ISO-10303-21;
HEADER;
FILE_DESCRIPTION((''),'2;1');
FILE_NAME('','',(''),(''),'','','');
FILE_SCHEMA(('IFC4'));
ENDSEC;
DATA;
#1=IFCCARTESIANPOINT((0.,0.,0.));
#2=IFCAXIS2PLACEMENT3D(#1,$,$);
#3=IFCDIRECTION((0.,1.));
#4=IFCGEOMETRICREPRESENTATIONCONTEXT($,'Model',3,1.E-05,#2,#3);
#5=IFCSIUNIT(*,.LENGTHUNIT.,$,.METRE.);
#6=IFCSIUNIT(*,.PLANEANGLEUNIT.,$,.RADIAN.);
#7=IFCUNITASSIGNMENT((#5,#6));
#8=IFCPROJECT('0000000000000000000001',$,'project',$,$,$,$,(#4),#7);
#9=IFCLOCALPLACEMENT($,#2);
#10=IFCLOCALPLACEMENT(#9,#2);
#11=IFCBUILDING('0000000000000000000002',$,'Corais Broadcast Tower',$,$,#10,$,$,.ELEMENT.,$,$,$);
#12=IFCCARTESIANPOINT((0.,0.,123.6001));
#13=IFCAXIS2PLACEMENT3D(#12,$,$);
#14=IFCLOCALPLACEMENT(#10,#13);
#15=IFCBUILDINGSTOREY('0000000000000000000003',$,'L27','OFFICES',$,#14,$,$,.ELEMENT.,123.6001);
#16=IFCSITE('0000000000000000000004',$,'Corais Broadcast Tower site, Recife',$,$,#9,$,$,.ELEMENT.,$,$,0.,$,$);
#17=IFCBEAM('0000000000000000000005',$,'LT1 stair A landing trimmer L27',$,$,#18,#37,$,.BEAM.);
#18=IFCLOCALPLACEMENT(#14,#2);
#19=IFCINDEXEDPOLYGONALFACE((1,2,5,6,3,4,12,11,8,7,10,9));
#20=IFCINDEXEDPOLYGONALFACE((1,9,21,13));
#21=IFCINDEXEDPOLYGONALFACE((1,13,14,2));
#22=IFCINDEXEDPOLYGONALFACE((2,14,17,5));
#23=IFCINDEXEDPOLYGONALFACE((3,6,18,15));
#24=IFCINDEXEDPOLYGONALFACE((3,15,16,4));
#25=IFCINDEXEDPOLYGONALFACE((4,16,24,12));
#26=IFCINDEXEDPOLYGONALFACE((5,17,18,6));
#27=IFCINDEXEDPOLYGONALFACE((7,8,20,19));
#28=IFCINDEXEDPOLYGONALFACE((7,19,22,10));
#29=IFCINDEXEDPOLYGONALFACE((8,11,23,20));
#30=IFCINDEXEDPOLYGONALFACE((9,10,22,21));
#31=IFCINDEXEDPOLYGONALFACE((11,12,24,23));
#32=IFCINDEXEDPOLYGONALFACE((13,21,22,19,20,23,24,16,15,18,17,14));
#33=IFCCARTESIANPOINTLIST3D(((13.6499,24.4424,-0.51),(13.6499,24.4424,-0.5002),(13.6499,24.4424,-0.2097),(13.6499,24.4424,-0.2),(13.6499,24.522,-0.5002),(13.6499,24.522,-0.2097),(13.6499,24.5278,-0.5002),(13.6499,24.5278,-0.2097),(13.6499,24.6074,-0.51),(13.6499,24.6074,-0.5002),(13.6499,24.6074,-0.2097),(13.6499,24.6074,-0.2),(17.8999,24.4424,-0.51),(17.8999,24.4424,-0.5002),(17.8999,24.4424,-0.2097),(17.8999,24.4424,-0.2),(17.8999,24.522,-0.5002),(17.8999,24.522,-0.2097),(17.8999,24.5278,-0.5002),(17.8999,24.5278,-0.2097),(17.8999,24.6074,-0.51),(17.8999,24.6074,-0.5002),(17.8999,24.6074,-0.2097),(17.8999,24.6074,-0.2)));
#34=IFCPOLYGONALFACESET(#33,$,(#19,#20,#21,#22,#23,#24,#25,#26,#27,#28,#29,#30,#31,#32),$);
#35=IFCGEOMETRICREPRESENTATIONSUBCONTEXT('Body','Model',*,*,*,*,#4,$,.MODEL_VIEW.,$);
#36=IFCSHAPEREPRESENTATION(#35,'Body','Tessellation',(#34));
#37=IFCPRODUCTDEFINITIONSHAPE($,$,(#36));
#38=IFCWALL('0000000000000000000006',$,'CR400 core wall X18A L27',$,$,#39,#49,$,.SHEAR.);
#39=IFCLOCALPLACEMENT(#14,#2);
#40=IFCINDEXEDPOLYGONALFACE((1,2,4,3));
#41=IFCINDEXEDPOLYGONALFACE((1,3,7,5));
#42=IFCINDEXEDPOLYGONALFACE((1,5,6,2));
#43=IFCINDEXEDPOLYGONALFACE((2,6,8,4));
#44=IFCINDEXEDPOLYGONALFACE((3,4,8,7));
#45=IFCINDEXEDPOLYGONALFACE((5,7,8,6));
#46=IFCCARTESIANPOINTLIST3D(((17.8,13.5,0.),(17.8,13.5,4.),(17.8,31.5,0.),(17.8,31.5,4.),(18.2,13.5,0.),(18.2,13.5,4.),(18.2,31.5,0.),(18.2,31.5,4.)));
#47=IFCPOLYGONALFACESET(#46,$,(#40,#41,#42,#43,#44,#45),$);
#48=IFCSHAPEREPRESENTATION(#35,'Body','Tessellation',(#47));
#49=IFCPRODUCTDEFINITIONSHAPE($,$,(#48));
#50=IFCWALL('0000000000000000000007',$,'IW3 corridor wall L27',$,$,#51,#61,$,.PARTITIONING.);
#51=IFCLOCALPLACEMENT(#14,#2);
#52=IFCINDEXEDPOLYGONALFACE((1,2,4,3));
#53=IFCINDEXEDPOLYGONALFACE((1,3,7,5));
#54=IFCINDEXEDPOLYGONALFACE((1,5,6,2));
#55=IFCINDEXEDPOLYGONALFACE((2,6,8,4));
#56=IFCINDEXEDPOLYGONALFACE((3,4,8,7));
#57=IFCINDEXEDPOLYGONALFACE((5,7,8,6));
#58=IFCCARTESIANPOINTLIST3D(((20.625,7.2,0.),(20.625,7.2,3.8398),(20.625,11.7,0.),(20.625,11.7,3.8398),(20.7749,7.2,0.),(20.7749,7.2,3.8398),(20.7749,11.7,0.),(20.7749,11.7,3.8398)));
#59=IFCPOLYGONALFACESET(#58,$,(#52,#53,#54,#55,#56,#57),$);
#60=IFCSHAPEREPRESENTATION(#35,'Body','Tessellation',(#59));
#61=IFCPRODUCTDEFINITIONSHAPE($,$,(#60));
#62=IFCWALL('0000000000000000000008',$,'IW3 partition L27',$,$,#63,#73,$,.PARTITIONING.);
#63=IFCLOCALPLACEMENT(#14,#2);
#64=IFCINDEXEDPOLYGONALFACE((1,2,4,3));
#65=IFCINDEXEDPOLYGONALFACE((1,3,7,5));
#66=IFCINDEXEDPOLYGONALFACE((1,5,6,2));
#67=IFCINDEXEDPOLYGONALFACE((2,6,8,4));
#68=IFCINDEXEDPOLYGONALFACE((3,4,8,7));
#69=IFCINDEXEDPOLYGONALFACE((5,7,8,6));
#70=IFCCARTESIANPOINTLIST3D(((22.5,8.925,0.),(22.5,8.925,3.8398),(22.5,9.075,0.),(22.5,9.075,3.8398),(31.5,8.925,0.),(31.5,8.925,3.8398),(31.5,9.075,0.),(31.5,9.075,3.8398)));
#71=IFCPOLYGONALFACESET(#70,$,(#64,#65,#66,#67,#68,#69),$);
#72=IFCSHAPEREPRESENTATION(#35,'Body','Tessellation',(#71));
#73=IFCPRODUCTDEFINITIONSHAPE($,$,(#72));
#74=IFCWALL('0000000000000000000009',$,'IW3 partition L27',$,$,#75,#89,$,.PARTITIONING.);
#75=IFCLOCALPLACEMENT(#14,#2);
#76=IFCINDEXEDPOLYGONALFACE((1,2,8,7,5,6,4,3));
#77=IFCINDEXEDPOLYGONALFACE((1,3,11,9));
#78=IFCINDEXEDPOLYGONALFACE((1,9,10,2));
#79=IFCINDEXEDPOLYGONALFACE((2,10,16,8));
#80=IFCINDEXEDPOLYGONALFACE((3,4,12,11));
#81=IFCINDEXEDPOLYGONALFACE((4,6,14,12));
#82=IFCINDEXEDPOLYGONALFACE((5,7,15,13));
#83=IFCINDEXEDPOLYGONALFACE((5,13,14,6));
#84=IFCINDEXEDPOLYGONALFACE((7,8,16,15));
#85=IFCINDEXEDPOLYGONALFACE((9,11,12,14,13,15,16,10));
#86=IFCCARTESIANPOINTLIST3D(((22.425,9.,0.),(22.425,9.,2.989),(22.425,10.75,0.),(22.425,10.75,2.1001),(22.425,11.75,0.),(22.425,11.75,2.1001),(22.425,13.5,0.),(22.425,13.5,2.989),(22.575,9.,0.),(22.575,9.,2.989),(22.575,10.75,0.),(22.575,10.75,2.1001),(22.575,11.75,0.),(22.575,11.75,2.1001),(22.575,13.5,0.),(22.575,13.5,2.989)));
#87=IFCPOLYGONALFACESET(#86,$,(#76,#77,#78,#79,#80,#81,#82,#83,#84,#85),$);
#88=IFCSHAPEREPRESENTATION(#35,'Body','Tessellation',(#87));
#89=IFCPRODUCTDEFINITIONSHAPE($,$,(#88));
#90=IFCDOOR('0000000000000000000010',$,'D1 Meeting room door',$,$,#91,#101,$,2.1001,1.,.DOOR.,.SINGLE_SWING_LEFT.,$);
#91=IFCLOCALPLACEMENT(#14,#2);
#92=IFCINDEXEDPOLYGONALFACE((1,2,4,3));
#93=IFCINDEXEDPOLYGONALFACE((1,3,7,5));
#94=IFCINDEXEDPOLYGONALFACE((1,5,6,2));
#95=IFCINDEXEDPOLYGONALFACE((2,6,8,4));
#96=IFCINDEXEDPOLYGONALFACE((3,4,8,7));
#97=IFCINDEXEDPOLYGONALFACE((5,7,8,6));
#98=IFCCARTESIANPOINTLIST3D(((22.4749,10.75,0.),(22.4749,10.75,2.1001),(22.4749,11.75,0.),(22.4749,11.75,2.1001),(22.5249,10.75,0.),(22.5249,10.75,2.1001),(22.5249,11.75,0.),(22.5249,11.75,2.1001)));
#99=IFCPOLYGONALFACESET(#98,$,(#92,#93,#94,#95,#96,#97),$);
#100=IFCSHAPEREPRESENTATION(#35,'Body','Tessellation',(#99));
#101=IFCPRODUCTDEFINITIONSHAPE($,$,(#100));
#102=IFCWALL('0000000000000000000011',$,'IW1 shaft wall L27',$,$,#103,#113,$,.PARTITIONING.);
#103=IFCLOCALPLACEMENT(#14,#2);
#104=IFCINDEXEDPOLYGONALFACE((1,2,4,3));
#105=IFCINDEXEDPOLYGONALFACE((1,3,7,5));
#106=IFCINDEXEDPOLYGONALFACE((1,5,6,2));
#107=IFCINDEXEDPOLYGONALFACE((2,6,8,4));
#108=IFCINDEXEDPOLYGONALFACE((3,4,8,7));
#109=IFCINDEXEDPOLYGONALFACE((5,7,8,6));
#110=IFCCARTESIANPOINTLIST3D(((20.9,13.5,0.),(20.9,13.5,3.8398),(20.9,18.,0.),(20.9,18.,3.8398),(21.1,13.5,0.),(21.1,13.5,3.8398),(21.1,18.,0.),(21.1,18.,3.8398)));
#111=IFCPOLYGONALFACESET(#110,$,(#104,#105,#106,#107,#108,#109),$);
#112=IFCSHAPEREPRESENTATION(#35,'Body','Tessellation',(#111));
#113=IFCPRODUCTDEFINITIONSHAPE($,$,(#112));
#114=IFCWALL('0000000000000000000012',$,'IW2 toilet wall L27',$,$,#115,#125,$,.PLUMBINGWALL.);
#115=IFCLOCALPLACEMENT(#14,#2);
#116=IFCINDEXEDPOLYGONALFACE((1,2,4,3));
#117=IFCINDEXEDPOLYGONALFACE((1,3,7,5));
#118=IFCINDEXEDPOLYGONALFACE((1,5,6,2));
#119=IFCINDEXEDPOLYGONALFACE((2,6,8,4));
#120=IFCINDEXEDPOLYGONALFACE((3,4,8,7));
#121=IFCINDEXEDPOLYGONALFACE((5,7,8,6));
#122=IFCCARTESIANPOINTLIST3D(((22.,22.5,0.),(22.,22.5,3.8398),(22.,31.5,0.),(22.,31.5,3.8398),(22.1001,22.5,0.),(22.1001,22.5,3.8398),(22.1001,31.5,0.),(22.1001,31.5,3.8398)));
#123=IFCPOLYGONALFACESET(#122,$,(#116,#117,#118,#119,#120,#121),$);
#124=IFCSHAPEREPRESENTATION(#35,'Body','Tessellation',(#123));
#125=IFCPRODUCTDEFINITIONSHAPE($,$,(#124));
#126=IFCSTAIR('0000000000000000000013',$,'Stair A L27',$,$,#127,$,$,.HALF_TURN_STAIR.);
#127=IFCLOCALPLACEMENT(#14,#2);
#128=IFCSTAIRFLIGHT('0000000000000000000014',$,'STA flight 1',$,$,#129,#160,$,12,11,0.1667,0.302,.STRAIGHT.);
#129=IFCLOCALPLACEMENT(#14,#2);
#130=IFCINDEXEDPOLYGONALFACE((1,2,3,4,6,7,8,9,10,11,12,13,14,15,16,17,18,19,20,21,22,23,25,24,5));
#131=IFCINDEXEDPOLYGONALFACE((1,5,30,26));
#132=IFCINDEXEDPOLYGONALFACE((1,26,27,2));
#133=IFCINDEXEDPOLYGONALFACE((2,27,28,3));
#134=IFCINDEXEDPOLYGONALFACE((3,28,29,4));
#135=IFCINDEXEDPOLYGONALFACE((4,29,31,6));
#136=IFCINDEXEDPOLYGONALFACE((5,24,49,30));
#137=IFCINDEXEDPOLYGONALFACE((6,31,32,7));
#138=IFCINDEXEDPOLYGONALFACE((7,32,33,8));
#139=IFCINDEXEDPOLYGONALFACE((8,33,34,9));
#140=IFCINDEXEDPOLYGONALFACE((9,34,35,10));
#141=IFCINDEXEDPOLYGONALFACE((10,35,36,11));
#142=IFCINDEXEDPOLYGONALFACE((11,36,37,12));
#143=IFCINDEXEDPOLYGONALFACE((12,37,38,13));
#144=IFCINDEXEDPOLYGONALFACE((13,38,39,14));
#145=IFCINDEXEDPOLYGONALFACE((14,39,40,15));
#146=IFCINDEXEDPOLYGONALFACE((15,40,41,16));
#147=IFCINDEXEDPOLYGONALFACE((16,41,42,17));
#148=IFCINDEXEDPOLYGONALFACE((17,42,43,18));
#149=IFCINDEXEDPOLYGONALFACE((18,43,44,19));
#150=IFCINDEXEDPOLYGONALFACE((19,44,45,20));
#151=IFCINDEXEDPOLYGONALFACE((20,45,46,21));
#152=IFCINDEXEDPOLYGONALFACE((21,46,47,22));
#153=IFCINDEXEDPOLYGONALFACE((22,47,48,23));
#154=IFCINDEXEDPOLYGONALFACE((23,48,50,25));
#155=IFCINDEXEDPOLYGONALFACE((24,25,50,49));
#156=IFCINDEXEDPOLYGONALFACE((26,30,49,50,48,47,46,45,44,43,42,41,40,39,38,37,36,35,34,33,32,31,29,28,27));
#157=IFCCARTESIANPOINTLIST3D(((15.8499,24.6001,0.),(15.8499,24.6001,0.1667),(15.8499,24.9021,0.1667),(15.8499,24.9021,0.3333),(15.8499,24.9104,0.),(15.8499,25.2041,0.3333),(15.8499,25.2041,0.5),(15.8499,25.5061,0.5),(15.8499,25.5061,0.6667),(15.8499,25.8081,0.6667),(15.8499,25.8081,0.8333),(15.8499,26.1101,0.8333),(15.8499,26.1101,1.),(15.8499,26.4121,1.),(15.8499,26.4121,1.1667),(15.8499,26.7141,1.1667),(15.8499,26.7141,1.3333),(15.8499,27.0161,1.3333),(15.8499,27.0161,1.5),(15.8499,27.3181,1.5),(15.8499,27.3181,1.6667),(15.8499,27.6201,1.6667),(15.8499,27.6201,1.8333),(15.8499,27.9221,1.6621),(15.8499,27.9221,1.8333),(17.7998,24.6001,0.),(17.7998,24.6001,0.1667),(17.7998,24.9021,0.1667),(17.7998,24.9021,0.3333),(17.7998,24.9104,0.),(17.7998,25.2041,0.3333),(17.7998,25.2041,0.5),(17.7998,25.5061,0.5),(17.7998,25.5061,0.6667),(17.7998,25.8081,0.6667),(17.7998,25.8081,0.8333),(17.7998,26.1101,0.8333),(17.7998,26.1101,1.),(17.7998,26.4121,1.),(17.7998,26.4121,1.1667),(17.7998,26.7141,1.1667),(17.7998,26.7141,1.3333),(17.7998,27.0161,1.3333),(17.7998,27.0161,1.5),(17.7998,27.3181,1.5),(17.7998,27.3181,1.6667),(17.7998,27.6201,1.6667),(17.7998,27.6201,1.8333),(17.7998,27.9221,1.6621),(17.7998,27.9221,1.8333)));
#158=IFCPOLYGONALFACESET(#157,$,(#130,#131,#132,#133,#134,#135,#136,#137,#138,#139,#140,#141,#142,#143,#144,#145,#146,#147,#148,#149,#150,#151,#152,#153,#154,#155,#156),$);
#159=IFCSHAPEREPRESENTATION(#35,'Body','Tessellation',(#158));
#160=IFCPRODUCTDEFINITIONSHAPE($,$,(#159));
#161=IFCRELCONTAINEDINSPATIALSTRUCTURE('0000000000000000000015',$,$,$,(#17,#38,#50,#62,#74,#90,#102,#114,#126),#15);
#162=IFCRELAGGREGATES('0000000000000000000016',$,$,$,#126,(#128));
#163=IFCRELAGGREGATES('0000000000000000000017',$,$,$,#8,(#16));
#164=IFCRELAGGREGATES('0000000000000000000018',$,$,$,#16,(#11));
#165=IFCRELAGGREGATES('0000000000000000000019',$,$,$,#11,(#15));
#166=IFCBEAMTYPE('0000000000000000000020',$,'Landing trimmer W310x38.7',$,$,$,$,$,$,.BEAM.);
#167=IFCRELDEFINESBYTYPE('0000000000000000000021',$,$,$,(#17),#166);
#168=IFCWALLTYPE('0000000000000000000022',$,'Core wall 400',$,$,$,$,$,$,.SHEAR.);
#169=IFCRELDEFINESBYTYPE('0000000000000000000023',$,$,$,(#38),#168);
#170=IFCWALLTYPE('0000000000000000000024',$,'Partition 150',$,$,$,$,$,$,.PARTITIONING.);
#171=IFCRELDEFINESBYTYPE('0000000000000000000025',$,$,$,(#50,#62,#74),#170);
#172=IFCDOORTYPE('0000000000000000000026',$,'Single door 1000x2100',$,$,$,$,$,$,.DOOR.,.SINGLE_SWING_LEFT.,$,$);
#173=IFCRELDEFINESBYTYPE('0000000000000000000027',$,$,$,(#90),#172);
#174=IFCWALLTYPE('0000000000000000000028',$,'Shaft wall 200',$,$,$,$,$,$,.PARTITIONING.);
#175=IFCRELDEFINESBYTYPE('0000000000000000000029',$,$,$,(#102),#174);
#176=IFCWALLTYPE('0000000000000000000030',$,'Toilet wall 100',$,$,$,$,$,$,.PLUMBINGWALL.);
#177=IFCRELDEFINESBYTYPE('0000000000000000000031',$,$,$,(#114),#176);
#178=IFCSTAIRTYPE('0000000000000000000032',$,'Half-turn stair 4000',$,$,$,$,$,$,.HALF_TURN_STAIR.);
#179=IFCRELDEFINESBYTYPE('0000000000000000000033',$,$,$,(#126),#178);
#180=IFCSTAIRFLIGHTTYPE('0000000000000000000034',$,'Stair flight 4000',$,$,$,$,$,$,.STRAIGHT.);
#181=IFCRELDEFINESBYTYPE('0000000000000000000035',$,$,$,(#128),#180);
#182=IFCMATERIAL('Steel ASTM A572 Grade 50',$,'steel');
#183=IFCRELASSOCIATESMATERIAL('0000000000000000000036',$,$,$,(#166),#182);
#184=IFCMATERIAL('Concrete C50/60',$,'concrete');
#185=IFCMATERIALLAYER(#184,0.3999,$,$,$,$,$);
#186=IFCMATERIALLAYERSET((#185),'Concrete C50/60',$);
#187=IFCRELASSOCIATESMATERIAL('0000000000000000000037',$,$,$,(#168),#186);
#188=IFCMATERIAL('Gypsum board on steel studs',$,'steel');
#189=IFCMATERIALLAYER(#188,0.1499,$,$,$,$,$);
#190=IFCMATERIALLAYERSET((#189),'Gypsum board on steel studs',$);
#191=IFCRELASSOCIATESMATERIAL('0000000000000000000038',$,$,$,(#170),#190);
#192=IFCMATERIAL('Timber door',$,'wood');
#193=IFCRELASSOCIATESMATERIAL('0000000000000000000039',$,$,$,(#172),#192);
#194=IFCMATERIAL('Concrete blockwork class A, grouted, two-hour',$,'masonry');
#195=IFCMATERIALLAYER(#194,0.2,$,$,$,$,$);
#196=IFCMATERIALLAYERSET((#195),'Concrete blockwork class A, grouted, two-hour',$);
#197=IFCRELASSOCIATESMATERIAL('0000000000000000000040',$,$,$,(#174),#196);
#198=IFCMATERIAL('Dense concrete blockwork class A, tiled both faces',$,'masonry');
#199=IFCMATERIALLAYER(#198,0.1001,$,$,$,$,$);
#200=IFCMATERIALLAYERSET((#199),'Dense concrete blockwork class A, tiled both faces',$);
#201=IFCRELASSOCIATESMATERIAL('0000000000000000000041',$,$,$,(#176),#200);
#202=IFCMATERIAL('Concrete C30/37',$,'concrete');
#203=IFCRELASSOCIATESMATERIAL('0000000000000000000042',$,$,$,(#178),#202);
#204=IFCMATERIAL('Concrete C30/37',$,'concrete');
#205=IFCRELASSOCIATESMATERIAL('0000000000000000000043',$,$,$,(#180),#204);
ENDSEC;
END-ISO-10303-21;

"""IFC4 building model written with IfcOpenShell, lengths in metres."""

from ifc_helpers import new_model, si_unit, direction, frame, frame_2d, origin, origin_2d, place, context, subcontext, project, spatial, polyline, rectangle, i_section, outline, extrude, material, layer, layer_set, material_profile, profile_set, type_object, element, fill, aggregate, save


model = new_model("IFC4")

# Units and contexts
model_context = context("Model", 3, precision=1e-05, world=origin(), true_north=direction((0.0, 1.0)))
body_context = subcontext(model_context, "Body", "Model", "MODEL_VIEW")
ifc_project = project(units=[si_unit("LENGTHUNIT", "METRE"), si_unit("PLANEANGLEUNIT", "RADIAN")], contexts=[model_context])

# Site, building, storey
site_placement = place(None, origin())
site = spatial("IfcSite", under=ifc_project, at=site_placement, Name="Corais Broadcast Tower site, Recife", CompositionType="ELEMENT", RefElevation=0.0)
building_placement = place(site_placement, origin())
building = spatial("IfcBuilding", under=site, at=building_placement, Name="Corais Broadcast Tower", CompositionType="ELEMENT")
storey_placement = place(building_placement, frame((0.0, 0.0, 123.6001)))
storey = spatial("IfcBuildingStorey", under=building, at=storey_placement, Name="L27", Description="OFFICES", CompositionType="ELEMENT", Elevation=123.6001)

# Beam
ifc_material_1 = material(Name="Steel ASTM A572 Grade 50", Category="steel")
ifc_material_profile = material_profile(ifc_material_1, i_section(OverallWidth=0.165, OverallDepth=0.3101, WebThickness=0.0059, FlangeThickness=0.0098, at=origin_2d()), Name="W310x38.7")
ifc_profile_set = profile_set([ifc_material_profile], Name="Steel ASTM A572 Grade 50")
beam_type = type_object("IfcBeamType", Name="Landing trimmer W310x38.7", PredefinedType="BEAM", material=ifc_profile_set)
beam_placement = place(storey_placement, frame((13.6499, 24.5249, -0.355), z_axis=(1.0, 0.0, 0.0), x_axis=(0.0, 1.0, 0.0)))
element("IfcBeam", 1, at=beam_placement, inside=storey, type_object=beam_type, Name="LT1 stair A landing trimmer L27", PredefinedType="BEAM", context=body_context, shape_type="SweptSolid", body=[
    extrude(i_section(OverallWidth=0.165, OverallDepth=0.3101, WebThickness=0.0059, FlangeThickness=0.0098, at=origin_2d()), origin(), (0.0, 0.0, 1.0), 4.25),
])

# Walls
ifc_material_2 = material(Name="Concrete C50/60", Category="concrete")
ifc_layer_1 = layer(ifc_material_2, 0.3999)
ifc_layer_set_1 = layer_set([ifc_layer_1], Name="Concrete C50/60")
wall_type_1 = type_object("IfcWallType", Name="Core wall 400", PredefinedType="SHEAR", material=ifc_layer_set_1)
wall_1_placement = place(storey_placement, frame((18.0, 13.5, 0.0), z_axis=(0.0, 0.0, 1.0), x_axis=(0.0, 1.0, 0.0)))
element("IfcWall", 2, at=wall_1_placement, inside=storey, type_object=wall_type_1, Name="CR400 core wall X18A L27", PredefinedType="SHEAR", context=body_context, shape_type="SweptSolid", body=[
    extrude(rectangle(XDim=18.0, YDim=0.3999, at=frame_2d((9.0, 0.0))), origin(), (0.0, 0.0, 1.0), 4.0),
])
ifc_material_3 = material(Name="Gypsum board on steel studs", Category="steel")
ifc_layer_2 = layer(ifc_material_3, 0.1499)
ifc_layer_set_2 = layer_set([ifc_layer_2], Name="Gypsum board on steel studs")
wall_type_2 = type_object("IfcWallType", Name="Partition 150", PredefinedType="PARTITIONING", material=ifc_layer_set_2)
wall_2_placement = place(storey_placement, frame((20.7, 11.7, 0.0), z_axis=(0.0, 0.0, 1.0), x_axis=(0.0, -1.0, 0.0)))
element("IfcWall", 3, at=wall_2_placement, inside=storey, type_object=wall_type_2, Name="IW3 corridor wall L27", PredefinedType="PARTITIONING", context=body_context, shape_type="SweptSolid", body=[
    extrude(rectangle(XDim=4.5, YDim=0.1499, at=frame_2d((2.25, 0.0))), origin(), (0.0, 0.0, 1.0), 3.8398),
])
wall_3_placement = place(storey_placement, frame((22.5, 9.0, 0.0), z_axis=(0.0, 0.0, 1.0), x_axis=(1.0, 0.0, 0.0)))
element("IfcWall", 4, at=wall_3_placement, inside=storey, type_object=wall_type_2, Name="IW3 partition L27", PredefinedType="PARTITIONING", context=body_context, shape_type="SweptSolid", body=[
    extrude(rectangle(XDim=9.0, YDim=0.1499, at=frame_2d((4.5, 0.0))), origin(), (0.0, 0.0, 1.0), 3.8398),
])

# Wall, opening, door
wall_4_placement = place(storey_placement, frame((22.5, 13.5, 0.0), z_axis=(0.0, 0.0, 1.0), x_axis=(0.0, -1.0, 0.0)))
wall_4 = element("IfcWall", 5, at=wall_4_placement, inside=storey, type_object=wall_type_2, Name="IW3 partition L27", PredefinedType="PARTITIONING", context=body_context, shape_type="SweptSolid", body=[
    extrude(rectangle(XDim=4.5, YDim=0.1499, at=frame_2d((2.25, 0.0))), origin(), (0.0, 0.0, 1.0), 2.989),
])
opening_placement = place(wall_4_placement, frame((1.75, 0.0, 0.0)))
opening = element("IfcOpeningElement", 6, at=opening_placement, cuts=wall_4, PredefinedType="OPENING", context=body_context, shape_type="SweptSolid", body=[
    extrude(rectangle(XDim=1.0, YDim=2.1001, at=frame_2d((0.5, 1.05))), frame((0.0, 0.085, 0.0), z_axis=(0.0, -1.0, 0.0), x_axis=(1.0, 0.0, 0.0)), (0.0, 0.0, 1.0), 0.1699),
])
ifc_material_4 = material(Name="Timber door", Category="wood")
door_type = type_object("IfcDoorType", Name="Single door 1000x2100", OperationType="SINGLE_SWING_LEFT", PredefinedType="DOOR", material=ifc_material_4)
door_placement = place(opening_placement, origin())
door = element("IfcDoor", 7, at=door_placement, inside=storey, type_object=door_type, Name="D1 Meeting room door", OperationType="SINGLE_SWING_LEFT", OverallHeight=2.1001, OverallWidth=1.0, PredefinedType="DOOR", context=body_context, shape_type="SweptSolid", body=[
    extrude(rectangle(XDim=1.0, YDim=2.1001, at=frame_2d((0.5, 1.05))), frame((0.0, 0.0249, 0.0), z_axis=(0.0, -1.0, 0.0), x_axis=(1.0, 0.0, 0.0)), (0.0, 0.0, 1.0), 0.05),
])
fill(opening, door)

# Walls
ifc_material_5 = material(Name="Concrete blockwork class A, grouted, two-hour", Category="masonry")
ifc_layer_3 = layer(ifc_material_5, 0.2)
ifc_layer_set_3 = layer_set([ifc_layer_3], Name="Concrete blockwork class A, grouted, two-hour")
wall_type_3 = type_object("IfcWallType", Name="Shaft wall 200", PredefinedType="PARTITIONING", material=ifc_layer_set_3)
wall_5_placement = place(storey_placement, frame((21.0, 13.5, 0.0), z_axis=(0.0, 0.0, 1.0), x_axis=(0.0, 1.0, 0.0)))
element("IfcWall", 8, at=wall_5_placement, inside=storey, type_object=wall_type_3, Name="IW1 shaft wall L27", PredefinedType="PARTITIONING", context=body_context, shape_type="SweptSolid", body=[
    extrude(rectangle(XDim=4.5, YDim=0.2, at=frame_2d((2.25, 0.0))), origin(), (0.0, 0.0, 1.0), 3.8398),
])
ifc_material_6 = material(Name="Dense concrete blockwork class A, tiled both faces", Category="masonry")
ifc_layer_4 = layer(ifc_material_6, 0.1001)
ifc_layer_set_4 = layer_set([ifc_layer_4], Name="Dense concrete blockwork class A, tiled both faces")
wall_type_4 = type_object("IfcWallType", Name="Toilet wall 100", PredefinedType="PLUMBINGWALL", material=ifc_layer_set_4)
wall_6_placement = place(storey_placement, frame((22.05, 22.5, 0.0), z_axis=(0.0, 0.0, 1.0), x_axis=(0.0, 1.0, 0.0)))
element("IfcWall", 9, at=wall_6_placement, inside=storey, type_object=wall_type_4, Name="IW2 toilet wall L27", PredefinedType="PLUMBINGWALL", context=body_context, shape_type="SweptSolid", body=[
    extrude(rectangle(XDim=9.0, YDim=0.1001, at=frame_2d((4.5, 0.0))), origin(), (0.0, 0.0, 1.0), 3.8398),
])

# Stair, stair flight
ifc_material_7 = material(Name="Concrete C30/37", Category="concrete")
stair_type = type_object("IfcStairType", Name="Half-turn stair 4000", PredefinedType="HALF_TURN_STAIR", material=ifc_material_7)
stair_placement = place(storey_placement, origin())
stair = element("IfcStair", 10, at=stair_placement, inside=storey, type_object=stair_type, Name="Stair A L27", PredefinedType="HALF_TURN_STAIR")
ifc_material_8 = material(Name="Concrete C30/37", Category="concrete")
stair_flight_type = type_object("IfcStairFlightType", Name="Stair flight 4000", PredefinedType="STRAIGHT", material=ifc_material_8)
stair_flight_placement = place(storey_placement, frame((16.825, 24.6001, 0.0), z_axis=(0.0, 0.0, 1.0), x_axis=(0.0, 1.0, 0.0)))
stair_flight = element("IfcStairFlight", 11, at=stair_flight_placement, type_object=stair_flight_type, Name="STA flight 1", NumberOfRisers=12, NumberOfTreads=11, PredefinedType="STRAIGHT", RiserHeight=0.1667, TreadLength=0.302, context=body_context, shape_type="SweptSolid", body=[
    extrude(outline(polyline([(0.0, 0.0), (0.0, 0.1667), (0.302, 0.1667), (0.302, 0.3333), (0.604, 0.3333), (0.604, 0.5), (0.906, 0.5), (0.906, 0.6667), (1.208, 0.6667), (1.208, 0.8333), (1.51, 0.8333), (1.51, 1.0), (1.812, 1.0), (1.812, 1.1667), (2.114, 1.1667), (2.114, 1.3333), (2.416, 1.3333), (2.416, 1.5), (2.718, 1.5), (2.718, 1.6667), (3.02, 1.6667), (3.02, 1.8333), (3.322, 1.8333), (3.322, 2.0), (3.322, 1.6621), (0.3103, 0.0), (0.0, 0.0)])), frame((0.0, 0.9751, 0.0), z_axis=(0.0, -1.0, 0.0), x_axis=(1.0, 0.0, 0.0)), (0.0, 0.0, 1.0), 1.95),
])
aggregate(stair, [stair_flight])

save(model, "model.ifc")
